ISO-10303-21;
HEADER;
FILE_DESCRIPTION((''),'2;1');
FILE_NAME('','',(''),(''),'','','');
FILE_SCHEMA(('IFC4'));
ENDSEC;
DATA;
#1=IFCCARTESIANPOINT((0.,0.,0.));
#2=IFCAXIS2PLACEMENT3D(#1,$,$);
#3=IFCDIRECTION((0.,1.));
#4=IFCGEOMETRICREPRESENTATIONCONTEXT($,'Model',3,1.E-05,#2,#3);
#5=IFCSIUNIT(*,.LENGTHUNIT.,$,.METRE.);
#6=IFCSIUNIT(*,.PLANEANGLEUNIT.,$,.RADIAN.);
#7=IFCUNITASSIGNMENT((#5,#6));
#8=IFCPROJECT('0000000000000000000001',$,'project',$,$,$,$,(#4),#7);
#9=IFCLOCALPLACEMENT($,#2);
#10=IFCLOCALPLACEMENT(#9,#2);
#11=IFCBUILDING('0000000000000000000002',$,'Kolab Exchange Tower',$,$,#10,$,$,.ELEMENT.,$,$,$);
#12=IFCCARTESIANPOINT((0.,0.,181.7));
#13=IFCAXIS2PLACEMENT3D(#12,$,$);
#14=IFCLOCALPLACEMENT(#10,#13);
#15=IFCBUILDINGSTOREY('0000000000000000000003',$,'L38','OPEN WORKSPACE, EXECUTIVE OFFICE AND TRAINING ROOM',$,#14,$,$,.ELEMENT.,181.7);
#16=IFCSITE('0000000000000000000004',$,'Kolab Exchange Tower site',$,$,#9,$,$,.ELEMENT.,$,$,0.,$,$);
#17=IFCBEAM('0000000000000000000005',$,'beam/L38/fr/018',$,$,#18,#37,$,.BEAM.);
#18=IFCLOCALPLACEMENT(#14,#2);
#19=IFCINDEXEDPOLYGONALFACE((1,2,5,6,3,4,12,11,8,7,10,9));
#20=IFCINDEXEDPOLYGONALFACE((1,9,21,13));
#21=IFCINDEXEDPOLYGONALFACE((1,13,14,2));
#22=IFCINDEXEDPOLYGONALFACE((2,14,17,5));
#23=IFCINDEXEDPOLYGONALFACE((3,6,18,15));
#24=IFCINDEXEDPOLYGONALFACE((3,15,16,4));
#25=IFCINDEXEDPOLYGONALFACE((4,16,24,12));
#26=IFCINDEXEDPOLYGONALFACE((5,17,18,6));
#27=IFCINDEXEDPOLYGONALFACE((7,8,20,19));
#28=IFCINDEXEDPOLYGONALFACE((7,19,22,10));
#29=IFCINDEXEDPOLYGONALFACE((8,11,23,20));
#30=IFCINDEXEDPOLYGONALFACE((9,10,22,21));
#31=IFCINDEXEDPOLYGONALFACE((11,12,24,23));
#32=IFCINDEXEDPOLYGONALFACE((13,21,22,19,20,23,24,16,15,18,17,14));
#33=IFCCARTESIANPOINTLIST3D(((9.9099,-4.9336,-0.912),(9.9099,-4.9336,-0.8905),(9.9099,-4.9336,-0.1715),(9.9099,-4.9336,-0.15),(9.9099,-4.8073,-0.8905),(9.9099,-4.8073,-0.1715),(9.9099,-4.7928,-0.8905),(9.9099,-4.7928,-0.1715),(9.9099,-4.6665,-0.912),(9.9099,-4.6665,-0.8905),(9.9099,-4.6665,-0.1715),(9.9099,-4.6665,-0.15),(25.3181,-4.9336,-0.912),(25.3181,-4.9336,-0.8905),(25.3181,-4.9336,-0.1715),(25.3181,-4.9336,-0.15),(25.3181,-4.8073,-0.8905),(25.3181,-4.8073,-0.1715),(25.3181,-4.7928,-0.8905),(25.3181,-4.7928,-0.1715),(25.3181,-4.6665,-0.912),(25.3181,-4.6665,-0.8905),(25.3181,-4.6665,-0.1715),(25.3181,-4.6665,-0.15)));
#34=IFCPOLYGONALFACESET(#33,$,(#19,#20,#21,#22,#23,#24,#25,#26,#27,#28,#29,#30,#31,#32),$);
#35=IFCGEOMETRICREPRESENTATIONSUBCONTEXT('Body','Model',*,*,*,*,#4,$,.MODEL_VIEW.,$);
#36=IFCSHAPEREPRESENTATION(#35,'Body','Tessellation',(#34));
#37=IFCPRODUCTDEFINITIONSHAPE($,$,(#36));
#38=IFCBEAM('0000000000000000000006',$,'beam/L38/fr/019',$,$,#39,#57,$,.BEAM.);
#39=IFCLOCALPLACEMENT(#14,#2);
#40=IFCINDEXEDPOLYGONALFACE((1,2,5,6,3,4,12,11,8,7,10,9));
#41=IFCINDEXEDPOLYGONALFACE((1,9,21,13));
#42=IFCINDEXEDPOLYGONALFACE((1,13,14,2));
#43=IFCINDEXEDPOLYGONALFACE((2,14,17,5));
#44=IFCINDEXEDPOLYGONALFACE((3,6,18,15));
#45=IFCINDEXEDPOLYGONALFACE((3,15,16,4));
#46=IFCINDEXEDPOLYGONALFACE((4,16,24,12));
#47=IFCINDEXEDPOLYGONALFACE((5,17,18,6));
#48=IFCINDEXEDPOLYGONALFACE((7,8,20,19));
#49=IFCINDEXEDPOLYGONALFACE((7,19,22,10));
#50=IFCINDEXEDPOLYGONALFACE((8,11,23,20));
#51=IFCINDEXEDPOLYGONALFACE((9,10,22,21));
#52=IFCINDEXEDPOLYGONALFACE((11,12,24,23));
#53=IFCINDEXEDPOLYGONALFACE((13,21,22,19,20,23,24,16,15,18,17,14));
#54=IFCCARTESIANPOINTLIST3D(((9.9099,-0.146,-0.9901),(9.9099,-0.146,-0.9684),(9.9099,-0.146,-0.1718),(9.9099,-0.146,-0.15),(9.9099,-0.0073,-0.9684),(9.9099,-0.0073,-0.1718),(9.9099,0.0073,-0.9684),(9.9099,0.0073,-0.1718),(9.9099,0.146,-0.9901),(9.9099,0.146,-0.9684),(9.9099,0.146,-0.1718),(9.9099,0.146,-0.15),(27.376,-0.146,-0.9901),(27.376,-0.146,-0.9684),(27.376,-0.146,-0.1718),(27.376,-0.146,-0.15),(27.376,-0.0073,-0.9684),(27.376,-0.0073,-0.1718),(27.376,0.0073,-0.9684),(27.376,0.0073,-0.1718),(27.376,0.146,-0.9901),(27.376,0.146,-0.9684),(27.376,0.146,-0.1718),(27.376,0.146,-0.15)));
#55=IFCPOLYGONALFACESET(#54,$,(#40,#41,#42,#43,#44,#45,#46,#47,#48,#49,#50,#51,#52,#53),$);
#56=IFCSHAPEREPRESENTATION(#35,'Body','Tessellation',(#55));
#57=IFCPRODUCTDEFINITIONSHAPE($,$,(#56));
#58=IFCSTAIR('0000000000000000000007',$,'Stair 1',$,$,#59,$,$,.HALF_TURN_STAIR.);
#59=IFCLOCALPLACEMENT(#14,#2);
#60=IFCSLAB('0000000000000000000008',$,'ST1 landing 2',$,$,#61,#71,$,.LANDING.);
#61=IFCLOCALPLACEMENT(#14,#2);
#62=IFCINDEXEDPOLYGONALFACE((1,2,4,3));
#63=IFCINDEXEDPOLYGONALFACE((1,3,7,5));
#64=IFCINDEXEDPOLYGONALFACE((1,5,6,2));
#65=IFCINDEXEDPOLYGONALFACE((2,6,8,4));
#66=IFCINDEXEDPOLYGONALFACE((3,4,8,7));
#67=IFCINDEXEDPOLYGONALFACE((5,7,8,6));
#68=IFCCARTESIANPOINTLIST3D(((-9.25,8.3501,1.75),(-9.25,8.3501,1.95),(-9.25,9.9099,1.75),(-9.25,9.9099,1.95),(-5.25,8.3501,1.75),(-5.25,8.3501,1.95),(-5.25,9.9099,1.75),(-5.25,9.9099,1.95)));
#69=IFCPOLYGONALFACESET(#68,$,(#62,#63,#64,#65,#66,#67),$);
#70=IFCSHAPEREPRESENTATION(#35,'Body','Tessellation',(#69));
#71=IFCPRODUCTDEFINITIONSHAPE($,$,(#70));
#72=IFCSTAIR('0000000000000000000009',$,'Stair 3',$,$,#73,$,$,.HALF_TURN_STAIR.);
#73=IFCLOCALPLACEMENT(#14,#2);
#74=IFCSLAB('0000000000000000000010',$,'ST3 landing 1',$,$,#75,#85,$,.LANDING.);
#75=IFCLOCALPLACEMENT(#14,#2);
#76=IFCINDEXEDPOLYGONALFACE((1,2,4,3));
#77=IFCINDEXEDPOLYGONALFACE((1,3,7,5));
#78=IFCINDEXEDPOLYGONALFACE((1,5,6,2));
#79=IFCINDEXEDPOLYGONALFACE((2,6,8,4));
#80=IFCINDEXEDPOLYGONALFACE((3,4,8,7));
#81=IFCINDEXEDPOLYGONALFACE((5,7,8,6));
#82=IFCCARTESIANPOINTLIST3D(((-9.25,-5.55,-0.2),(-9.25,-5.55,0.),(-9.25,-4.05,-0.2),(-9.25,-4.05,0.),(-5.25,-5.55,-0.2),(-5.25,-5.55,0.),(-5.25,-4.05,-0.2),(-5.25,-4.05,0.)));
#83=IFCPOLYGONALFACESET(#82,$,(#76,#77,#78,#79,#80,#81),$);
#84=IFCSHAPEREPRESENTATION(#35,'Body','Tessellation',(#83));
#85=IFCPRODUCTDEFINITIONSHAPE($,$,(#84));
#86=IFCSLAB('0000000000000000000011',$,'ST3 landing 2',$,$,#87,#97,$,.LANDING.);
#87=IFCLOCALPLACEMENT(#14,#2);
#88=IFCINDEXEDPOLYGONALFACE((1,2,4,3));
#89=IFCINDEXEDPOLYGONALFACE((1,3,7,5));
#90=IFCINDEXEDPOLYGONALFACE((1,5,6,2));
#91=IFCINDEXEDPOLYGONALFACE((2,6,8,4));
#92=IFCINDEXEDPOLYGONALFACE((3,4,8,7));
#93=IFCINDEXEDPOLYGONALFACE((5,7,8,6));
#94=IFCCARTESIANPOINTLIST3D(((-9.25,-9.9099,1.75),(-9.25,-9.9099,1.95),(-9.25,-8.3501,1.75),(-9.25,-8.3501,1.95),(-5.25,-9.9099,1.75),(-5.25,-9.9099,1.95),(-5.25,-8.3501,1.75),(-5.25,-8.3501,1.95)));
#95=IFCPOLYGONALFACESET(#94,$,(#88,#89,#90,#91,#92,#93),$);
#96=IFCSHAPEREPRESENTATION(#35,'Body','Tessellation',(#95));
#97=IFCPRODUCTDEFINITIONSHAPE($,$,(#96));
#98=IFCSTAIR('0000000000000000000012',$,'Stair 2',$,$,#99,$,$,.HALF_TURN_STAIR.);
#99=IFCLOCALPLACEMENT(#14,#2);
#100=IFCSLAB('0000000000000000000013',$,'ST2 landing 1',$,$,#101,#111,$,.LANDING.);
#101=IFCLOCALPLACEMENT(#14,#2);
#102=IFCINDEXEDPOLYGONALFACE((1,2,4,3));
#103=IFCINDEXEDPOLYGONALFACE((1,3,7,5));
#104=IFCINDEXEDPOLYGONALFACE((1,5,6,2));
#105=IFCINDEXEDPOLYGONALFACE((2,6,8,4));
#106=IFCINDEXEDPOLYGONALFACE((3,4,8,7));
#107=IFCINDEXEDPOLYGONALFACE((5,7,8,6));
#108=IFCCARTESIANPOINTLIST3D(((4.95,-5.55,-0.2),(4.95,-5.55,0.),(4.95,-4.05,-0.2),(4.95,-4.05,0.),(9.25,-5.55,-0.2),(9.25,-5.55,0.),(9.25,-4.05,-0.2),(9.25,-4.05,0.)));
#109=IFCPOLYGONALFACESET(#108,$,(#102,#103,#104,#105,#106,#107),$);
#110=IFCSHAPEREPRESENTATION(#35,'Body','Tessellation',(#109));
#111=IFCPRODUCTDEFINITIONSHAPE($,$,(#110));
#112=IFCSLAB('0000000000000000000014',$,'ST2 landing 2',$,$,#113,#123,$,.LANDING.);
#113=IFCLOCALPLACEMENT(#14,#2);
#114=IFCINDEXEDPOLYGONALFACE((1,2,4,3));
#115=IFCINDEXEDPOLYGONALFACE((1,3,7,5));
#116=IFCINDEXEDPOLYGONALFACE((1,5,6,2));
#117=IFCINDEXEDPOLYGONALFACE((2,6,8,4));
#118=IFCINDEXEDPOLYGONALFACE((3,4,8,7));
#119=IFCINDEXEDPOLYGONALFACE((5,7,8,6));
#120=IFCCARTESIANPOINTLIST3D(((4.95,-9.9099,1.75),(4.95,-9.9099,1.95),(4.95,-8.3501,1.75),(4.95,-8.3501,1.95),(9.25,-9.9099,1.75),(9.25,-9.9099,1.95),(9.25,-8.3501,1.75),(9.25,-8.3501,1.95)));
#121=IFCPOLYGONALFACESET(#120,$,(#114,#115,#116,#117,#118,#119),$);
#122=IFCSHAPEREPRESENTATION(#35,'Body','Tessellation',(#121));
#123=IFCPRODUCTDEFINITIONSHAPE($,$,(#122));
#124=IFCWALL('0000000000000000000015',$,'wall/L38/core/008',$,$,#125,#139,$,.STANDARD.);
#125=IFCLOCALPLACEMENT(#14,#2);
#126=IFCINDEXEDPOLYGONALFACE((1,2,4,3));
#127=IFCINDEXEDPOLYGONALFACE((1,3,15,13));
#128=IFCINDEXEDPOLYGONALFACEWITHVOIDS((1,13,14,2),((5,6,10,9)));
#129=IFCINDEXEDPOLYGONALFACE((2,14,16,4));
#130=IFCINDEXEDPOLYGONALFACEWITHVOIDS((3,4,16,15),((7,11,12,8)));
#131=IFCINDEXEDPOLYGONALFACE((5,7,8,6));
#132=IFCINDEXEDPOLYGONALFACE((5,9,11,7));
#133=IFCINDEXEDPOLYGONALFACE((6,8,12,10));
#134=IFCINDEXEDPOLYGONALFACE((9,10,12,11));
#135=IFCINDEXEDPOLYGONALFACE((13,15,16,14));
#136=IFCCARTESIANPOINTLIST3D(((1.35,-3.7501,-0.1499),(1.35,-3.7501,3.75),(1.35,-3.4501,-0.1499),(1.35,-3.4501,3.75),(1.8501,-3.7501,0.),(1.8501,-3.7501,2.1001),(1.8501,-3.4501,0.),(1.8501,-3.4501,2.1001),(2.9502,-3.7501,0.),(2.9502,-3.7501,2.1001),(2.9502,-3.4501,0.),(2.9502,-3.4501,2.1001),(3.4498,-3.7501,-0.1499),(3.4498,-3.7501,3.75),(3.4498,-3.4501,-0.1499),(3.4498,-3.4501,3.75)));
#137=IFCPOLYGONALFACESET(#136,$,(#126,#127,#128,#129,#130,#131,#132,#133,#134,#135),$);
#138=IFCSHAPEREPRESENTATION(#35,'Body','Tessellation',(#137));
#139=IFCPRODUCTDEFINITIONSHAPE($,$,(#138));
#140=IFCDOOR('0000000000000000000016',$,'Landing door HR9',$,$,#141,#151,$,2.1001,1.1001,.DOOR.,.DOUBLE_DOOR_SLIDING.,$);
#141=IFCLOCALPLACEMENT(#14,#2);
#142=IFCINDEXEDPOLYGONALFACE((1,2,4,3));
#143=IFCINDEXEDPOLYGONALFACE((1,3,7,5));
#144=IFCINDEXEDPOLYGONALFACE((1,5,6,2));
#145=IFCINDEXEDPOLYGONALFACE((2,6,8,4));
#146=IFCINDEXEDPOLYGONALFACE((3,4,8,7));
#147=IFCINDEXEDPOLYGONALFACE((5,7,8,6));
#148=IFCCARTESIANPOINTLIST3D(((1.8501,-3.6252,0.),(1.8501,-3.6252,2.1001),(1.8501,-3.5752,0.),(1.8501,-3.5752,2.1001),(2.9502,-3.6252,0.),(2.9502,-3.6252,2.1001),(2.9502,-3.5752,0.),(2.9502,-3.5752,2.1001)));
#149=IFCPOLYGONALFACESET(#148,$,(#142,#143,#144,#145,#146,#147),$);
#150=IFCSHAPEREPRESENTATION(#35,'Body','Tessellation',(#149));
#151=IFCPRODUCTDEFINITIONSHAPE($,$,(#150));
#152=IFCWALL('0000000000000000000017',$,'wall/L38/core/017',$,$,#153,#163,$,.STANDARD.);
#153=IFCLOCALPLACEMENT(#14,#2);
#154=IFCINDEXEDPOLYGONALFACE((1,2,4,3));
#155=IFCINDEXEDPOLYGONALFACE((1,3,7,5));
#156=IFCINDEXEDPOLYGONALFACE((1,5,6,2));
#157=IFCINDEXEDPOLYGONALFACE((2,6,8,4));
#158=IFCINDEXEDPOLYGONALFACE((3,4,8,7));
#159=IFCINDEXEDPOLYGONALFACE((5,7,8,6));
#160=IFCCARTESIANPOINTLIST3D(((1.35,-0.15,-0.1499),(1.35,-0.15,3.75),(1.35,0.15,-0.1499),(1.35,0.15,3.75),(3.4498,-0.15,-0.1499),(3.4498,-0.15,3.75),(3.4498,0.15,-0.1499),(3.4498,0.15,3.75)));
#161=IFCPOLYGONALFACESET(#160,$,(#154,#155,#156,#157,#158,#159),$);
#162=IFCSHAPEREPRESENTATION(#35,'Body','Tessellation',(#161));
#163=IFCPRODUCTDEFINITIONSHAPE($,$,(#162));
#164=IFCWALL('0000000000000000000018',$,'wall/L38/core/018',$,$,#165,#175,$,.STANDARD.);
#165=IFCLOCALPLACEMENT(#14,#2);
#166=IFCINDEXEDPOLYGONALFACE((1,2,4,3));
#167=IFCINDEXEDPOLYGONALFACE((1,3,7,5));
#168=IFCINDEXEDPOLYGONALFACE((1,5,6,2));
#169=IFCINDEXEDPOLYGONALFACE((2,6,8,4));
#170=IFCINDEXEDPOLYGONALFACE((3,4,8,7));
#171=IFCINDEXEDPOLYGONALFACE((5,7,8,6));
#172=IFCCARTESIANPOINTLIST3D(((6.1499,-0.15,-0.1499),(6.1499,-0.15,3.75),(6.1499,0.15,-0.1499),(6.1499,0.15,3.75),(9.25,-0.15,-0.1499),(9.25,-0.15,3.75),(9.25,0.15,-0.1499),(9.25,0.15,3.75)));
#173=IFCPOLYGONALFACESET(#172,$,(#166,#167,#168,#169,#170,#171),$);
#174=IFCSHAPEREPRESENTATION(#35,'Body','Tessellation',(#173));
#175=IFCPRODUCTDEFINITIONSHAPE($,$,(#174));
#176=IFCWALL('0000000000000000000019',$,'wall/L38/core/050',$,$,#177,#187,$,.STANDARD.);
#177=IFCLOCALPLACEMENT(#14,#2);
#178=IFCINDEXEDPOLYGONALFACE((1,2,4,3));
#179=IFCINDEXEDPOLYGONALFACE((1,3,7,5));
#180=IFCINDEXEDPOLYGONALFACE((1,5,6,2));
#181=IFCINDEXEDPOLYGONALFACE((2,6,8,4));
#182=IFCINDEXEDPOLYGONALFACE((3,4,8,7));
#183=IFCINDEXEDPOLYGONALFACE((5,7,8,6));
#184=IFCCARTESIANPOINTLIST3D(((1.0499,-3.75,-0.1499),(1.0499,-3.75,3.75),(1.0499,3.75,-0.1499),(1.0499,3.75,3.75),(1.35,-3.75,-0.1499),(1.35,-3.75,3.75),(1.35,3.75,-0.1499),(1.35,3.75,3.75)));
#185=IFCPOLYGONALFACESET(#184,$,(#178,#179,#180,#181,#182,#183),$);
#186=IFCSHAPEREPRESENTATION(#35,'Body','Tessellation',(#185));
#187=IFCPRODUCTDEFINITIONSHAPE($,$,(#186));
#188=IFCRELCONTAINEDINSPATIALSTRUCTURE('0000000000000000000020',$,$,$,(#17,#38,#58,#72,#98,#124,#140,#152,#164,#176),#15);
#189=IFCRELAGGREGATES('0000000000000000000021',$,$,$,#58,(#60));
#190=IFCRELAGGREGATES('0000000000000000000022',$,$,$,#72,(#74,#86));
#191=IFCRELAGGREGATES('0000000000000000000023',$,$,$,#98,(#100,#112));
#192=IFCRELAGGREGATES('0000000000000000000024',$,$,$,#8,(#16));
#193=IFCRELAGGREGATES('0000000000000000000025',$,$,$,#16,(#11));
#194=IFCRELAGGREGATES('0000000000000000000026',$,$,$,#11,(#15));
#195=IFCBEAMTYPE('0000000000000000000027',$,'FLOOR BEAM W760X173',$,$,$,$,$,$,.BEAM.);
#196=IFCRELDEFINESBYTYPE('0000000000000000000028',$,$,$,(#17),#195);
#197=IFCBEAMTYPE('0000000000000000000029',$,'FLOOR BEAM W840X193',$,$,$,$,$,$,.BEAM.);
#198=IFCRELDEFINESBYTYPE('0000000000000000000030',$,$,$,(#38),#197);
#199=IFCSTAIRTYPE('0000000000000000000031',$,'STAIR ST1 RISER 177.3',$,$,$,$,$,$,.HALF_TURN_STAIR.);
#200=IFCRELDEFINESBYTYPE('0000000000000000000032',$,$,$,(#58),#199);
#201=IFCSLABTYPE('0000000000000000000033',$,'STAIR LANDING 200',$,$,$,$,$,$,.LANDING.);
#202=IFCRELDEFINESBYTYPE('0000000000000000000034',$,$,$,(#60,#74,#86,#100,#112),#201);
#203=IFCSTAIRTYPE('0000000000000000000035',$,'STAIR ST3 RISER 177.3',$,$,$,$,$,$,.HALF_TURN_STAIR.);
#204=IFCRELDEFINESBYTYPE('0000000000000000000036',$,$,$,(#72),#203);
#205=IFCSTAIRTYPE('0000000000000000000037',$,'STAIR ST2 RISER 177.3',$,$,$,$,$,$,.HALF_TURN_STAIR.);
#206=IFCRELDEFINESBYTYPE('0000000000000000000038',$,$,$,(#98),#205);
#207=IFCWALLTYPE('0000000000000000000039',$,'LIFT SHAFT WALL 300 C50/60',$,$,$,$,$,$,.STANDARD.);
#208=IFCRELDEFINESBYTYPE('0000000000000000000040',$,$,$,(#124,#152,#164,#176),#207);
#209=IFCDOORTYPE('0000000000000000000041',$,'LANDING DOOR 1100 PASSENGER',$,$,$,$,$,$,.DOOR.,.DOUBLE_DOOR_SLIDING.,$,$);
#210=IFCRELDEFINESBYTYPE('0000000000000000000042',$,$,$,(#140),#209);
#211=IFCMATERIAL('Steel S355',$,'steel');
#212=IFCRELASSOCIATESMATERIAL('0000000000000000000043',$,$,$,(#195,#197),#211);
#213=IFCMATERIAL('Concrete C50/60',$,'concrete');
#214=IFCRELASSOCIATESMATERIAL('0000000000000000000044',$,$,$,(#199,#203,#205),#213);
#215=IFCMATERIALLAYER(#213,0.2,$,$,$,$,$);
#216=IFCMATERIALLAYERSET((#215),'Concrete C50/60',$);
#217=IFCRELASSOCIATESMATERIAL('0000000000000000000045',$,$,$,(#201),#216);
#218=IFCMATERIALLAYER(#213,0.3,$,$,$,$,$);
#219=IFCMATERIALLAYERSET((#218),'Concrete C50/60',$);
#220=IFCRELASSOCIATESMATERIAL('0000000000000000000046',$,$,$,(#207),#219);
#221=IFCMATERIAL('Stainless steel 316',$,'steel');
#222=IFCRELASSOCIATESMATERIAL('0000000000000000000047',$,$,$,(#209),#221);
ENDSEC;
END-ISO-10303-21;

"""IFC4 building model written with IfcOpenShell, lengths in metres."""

from ifc_helpers import new_model, si_unit, direction, frame, frame_2d, origin, origin_2d, place, context, subcontext, project, spatial, polyline, rectangle, i_section, outline, extrude, material, layer, layer_set, material_profile, profile_set, type_object, element, fill, aggregate, save


model = new_model("IFC4")

# Units and contexts
model_context = context("Model", 3, precision=1e-05, world=origin(), true_north=direction((0.0, 1.0)))
body_context = subcontext(model_context, "Body", "Model", "MODEL_VIEW")
ifc_project = project(units=[si_unit("LENGTHUNIT", "METRE"), si_unit("PLANEANGLEUNIT", "RADIAN")], contexts=[model_context])

# Site, building, storey
site_placement = place(None, origin())
site = spatial("IfcSite", under=ifc_project, at=site_placement, Name="Kolab Exchange Tower site", CompositionType="ELEMENT", RefElevation=0.0)
building_placement = place(site_placement, origin())
building = spatial("IfcBuilding", under=site, at=building_placement, Name="Kolab Exchange Tower", CompositionType="ELEMENT")
storey_placement = place(building_placement, frame((0.0, 0.0, 181.7)))
storey = spatial("IfcBuildingStorey", under=building, at=storey_placement, Name="L38", Description="OPEN WORKSPACE, EXECUTIVE OFFICE AND TRAINING ROOM", CompositionType="ELEMENT", Elevation=181.7)

# Beams
ifc_material_1 = material(Name="Steel S355", Category="steel")
ifc_material_profile_1 = material_profile(ifc_material_1, i_section(OverallWidth=0.2671, OverallDepth=0.762, WebThickness=0.0144, FlangeThickness=0.0215, at=origin_2d()), Name="W760X173")
ifc_profile_set_1 = profile_set([ifc_material_profile_1], Name="Steel S355")
beam_type_1 = type_object("IfcBeamType", Name="FLOOR BEAM W760X173", PredefinedType="BEAM", material=ifc_profile_set_1)
beam_1_placement = place(storey_placement, frame((9.9099, -4.8, -0.531), z_axis=(1.0, 0.0, 0.0), x_axis=(0.0, 1.0, 0.0)))
element("IfcBeam", 1, at=beam_1_placement, inside=storey, type_object=beam_type_1, Name="beam/L38/fr/018", PredefinedType="BEAM", context=body_context, shape_type="SweptSolid", body=[
    extrude(i_section(OverallWidth=0.2671, OverallDepth=0.762, WebThickness=0.0144, FlangeThickness=0.0215, at=origin_2d()), origin(), (0.0, 0.0, 1.0), 15.4082),
])
ifc_material_profile_2 = material_profile(ifc_material_1, i_section(OverallWidth=0.292, OverallDepth=0.8401, WebThickness=0.0146, FlangeThickness=0.0217, at=origin_2d()), Name="W840X193")
ifc_profile_set_2 = profile_set([ifc_material_profile_2], Name="Steel S355")
beam_type_2 = type_object("IfcBeamType", Name="FLOOR BEAM W840X193", PredefinedType="BEAM", material=ifc_profile_set_2)
beam_2_placement = place(storey_placement, frame((9.9099, 0.0, -0.5701), z_axis=(1.0, 0.0, 0.0), x_axis=(0.0, 1.0, 0.0)))
element("IfcBeam", 2, at=beam_2_placement, inside=storey, type_object=beam_type_2, Name="beam/L38/fr/019", PredefinedType="BEAM", context=body_context, shape_type="SweptSolid", body=[
    extrude(i_section(OverallWidth=0.292, OverallDepth=0.8401, WebThickness=0.0146, FlangeThickness=0.0217, at=origin_2d()), origin(), (0.0, 0.0, 1.0), 17.4661),
])

# Stair, slab
ifc_material_2 = material(Name="Concrete C50/60", Category="concrete")
stair_type_1 = type_object("IfcStairType", Name="STAIR ST1 RISER 177.3", PredefinedType="HALF_TURN_STAIR", material=ifc_material_2)
stair_1_placement = place(storey_placement, origin())
stair_1 = element("IfcStair", 3, at=stair_1_placement, inside=storey, type_object=stair_type_1, Name="Stair 1", PredefinedType="HALF_TURN_STAIR")
ifc_layer_1 = layer(ifc_material_2, 0.2)
ifc_layer_set_1 = layer_set([ifc_layer_1], Name="Concrete C50/60")
slab_type = type_object("IfcSlabType", Name="STAIR LANDING 200", PredefinedType="LANDING", material=ifc_layer_set_1)
slab_1_placement = place(storey_placement, frame((0.0, 0.0, 1.75)))
slab_1 = element("IfcSlab", 4, at=slab_1_placement, type_object=slab_type, Name="ST1 landing 2", PredefinedType="LANDING", context=body_context, shape_type="SweptSolid", body=[
    extrude(outline(polyline([(-9.25, 8.3501), (-5.25, 8.3501), (-5.25, 9.9099), (-9.25, 9.9099), (-9.25, 8.3501)])), origin(), (0.0, 0.0, 1.0), 0.2),
])
aggregate(stair_1, [slab_1])

# Stairs, slabs
stair_type_2 = type_object("IfcStairType", Name="STAIR ST3 RISER 177.3", PredefinedType="HALF_TURN_STAIR", material=ifc_material_2)
stair_2_placement = place(storey_placement, origin())
stair_2 = element("IfcStair", 5, at=stair_2_placement, inside=storey, type_object=stair_type_2, Name="Stair 3", PredefinedType="HALF_TURN_STAIR")
slab_2_placement = place(storey_placement, frame((0.0, 0.0, -0.2)))
slab_2 = element("IfcSlab", 6, at=slab_2_placement, type_object=slab_type, Name="ST3 landing 1", PredefinedType="LANDING", context=body_context, shape_type="SweptSolid", body=[
    extrude(outline(polyline([(-9.25, -5.55), (-5.25, -5.55), (-5.25, -4.05), (-9.25, -4.05), (-9.25, -5.55)])), origin(), (0.0, 0.0, 1.0), 0.2),
])
slab_3_placement = place(storey_placement, frame((0.0, 0.0, 1.75)))
slab_3 = element("IfcSlab", 7, at=slab_3_placement, type_object=slab_type, Name="ST3 landing 2", PredefinedType="LANDING", context=body_context, shape_type="SweptSolid", body=[
    extrude(outline(polyline([(-9.25, -9.9099), (-5.25, -9.9099), (-5.25, -8.3501), (-9.25, -8.3501), (-9.25, -9.9099)])), origin(), (0.0, 0.0, 1.0), 0.2),
])
aggregate(stair_2, [slab_2, slab_3])
stair_type_3 = type_object("IfcStairType", Name="STAIR ST2 RISER 177.3", PredefinedType="HALF_TURN_STAIR", material=ifc_material_2)
stair_3_placement = place(storey_placement, origin())
stair_3 = element("IfcStair", 8, at=stair_3_placement, inside=storey, type_object=stair_type_3, Name="Stair 2", PredefinedType="HALF_TURN_STAIR")
slab_4_placement = place(storey_placement, frame((0.0, 0.0, -0.2)))
slab_4 = element("IfcSlab", 9, at=slab_4_placement, type_object=slab_type, Name="ST2 landing 1", PredefinedType="LANDING", context=body_context, shape_type="SweptSolid", body=[
    extrude(outline(polyline([(4.95, -5.55), (9.25, -5.55), (9.25, -4.05), (4.95, -4.05), (4.95, -5.55)])), origin(), (0.0, 0.0, 1.0), 0.2),
])
slab_5_placement = place(storey_placement, frame((0.0, 0.0, 1.75)))
slab_5 = element("IfcSlab", 10, at=slab_5_placement, type_object=slab_type, Name="ST2 landing 2", PredefinedType="LANDING", context=body_context, shape_type="SweptSolid", body=[
    extrude(outline(polyline([(4.95, -9.9099), (9.25, -9.9099), (9.25, -8.3501), (4.95, -8.3501), (4.95, -9.9099)])), origin(), (0.0, 0.0, 1.0), 0.2),
])
aggregate(stair_3, [slab_4, slab_5])

# Wall, opening, door
ifc_layer_2 = layer(ifc_material_2, 0.3)
ifc_layer_set_2 = layer_set([ifc_layer_2], Name="Concrete C50/60")
wall_type_1 = type_object("IfcWallType", Name="LIFT SHAFT WALL 300 C50/60", PredefinedType="STANDARD", material=ifc_layer_set_2)
wall_1_placement = place(storey_placement, frame((1.3501, -3.6001, -0.1499), z_axis=(0.0, 0.0, 1.0), x_axis=(1.0, 0.0, 0.0)))
wall_1 = element("IfcWall", 11, at=wall_1_placement, inside=storey, type_object=wall_type_1, Name="wall/L38/core/008", PredefinedType="STANDARD", context=body_context, shape_type="SweptSolid", body=[
    extrude(rectangle(XDim=2.0999, YDim=0.3, at=frame_2d((1.0498, 0.0))), origin(), (0.0, 0.0, 1.0), 3.8999),
])
opening_1_placement = place(wall_1_placement, frame((0.5, 0.0, 0.1499)))
opening_1 = element("IfcOpeningElement", 12, at=opening_1_placement, cuts=wall_1, PredefinedType="OPENING", context=body_context, shape_type="SweptSolid", body=[
    extrude(rectangle(XDim=1.1001, YDim=2.1001, at=frame_2d((0.55, 1.05))), frame((0.0, 0.1602, 0.0), z_axis=(0.0, -1.0, 0.0), x_axis=(1.0, 0.0, 0.0)), (0.0, 0.0, 1.0), 0.3201),
])
ifc_material_3 = material(Name="Stainless steel 316", Category="steel")
door_type_1 = type_object("IfcDoorType", Name="LANDING DOOR 1100 PASSENGER", OperationType="DOUBLE_DOOR_SLIDING", PredefinedType="DOOR", material=ifc_material_3)
door_1_placement = place(opening_1_placement, origin())
door_1 = element("IfcDoor", 13, at=door_1_placement, inside=storey, type_object=door_type_1, Name="Landing door HR9", OperationType="DOUBLE_DOOR_SLIDING", OverallHeight=2.1001, OverallWidth=1.1001, PredefinedType="DOOR", context=body_context, shape_type="SweptSolid", body=[
    extrude(rectangle(XDim=1.1001, YDim=2.1001, at=frame_2d((0.55, 1.05))), frame((0.0, 0.0249, 0.0), z_axis=(0.0, -1.0, 0.0), x_axis=(1.0, 0.0, 0.0)), (0.0, 0.0, 1.0), 0.05),
])
fill(opening_1, door_1)

# Walls
wall_2_placement = place(storey_placement, frame((1.3501, 0.0, -0.1499), z_axis=(0.0, 0.0, 1.0), x_axis=(1.0, 0.0, 0.0)))
element("IfcWall", 14, at=wall_2_placement, inside=storey, type_object=wall_type_1, Name="wall/L38/core/017", PredefinedType="STANDARD", context=body_context, shape_type="SweptSolid", body=[
    extrude(rectangle(XDim=2.0999, YDim=0.3, at=frame_2d((1.0498, 0.0))), origin(), (0.0, 0.0, 1.0), 3.8999),
])
wall_3_placement = place(storey_placement, frame((6.1499, 0.0, -0.1499), z_axis=(0.0, 0.0, 1.0), x_axis=(1.0, 0.0, 0.0)))
element("IfcWall", 15, at=wall_3_placement, inside=storey, type_object=wall_type_1, Name="wall/L38/core/018", PredefinedType="STANDARD", context=body_context, shape_type="SweptSolid", body=[
    extrude(rectangle(XDim=3.1001, YDim=0.3, at=frame_2d((1.55, 0.0))), origin(), (0.0, 0.0, 1.0), 3.8999),
])
for number, where, z_axis, x_axis, name in (
    (16, (1.2, -3.75, -0.1499), (0.0, 0.0, 1.0), (0.0, 1.0, 0.0), "wall/L38/core/050"),
):
    element("IfcWall", number, at=place(storey_placement, frame(where, z_axis=z_axis, x_axis=x_axis)), inside=storey, type_object=wall_type_1, Name=name, PredefinedType="STANDARD", context=body_context, shape_type="SweptSolid", body=[
        extrude(rectangle(XDim=7.5, YDim=0.3, at=frame_2d((3.75, 0.0))), origin(), (0.0, 0.0, 1.0), 3.8999),
    ])

save(model, "model.ifc")
